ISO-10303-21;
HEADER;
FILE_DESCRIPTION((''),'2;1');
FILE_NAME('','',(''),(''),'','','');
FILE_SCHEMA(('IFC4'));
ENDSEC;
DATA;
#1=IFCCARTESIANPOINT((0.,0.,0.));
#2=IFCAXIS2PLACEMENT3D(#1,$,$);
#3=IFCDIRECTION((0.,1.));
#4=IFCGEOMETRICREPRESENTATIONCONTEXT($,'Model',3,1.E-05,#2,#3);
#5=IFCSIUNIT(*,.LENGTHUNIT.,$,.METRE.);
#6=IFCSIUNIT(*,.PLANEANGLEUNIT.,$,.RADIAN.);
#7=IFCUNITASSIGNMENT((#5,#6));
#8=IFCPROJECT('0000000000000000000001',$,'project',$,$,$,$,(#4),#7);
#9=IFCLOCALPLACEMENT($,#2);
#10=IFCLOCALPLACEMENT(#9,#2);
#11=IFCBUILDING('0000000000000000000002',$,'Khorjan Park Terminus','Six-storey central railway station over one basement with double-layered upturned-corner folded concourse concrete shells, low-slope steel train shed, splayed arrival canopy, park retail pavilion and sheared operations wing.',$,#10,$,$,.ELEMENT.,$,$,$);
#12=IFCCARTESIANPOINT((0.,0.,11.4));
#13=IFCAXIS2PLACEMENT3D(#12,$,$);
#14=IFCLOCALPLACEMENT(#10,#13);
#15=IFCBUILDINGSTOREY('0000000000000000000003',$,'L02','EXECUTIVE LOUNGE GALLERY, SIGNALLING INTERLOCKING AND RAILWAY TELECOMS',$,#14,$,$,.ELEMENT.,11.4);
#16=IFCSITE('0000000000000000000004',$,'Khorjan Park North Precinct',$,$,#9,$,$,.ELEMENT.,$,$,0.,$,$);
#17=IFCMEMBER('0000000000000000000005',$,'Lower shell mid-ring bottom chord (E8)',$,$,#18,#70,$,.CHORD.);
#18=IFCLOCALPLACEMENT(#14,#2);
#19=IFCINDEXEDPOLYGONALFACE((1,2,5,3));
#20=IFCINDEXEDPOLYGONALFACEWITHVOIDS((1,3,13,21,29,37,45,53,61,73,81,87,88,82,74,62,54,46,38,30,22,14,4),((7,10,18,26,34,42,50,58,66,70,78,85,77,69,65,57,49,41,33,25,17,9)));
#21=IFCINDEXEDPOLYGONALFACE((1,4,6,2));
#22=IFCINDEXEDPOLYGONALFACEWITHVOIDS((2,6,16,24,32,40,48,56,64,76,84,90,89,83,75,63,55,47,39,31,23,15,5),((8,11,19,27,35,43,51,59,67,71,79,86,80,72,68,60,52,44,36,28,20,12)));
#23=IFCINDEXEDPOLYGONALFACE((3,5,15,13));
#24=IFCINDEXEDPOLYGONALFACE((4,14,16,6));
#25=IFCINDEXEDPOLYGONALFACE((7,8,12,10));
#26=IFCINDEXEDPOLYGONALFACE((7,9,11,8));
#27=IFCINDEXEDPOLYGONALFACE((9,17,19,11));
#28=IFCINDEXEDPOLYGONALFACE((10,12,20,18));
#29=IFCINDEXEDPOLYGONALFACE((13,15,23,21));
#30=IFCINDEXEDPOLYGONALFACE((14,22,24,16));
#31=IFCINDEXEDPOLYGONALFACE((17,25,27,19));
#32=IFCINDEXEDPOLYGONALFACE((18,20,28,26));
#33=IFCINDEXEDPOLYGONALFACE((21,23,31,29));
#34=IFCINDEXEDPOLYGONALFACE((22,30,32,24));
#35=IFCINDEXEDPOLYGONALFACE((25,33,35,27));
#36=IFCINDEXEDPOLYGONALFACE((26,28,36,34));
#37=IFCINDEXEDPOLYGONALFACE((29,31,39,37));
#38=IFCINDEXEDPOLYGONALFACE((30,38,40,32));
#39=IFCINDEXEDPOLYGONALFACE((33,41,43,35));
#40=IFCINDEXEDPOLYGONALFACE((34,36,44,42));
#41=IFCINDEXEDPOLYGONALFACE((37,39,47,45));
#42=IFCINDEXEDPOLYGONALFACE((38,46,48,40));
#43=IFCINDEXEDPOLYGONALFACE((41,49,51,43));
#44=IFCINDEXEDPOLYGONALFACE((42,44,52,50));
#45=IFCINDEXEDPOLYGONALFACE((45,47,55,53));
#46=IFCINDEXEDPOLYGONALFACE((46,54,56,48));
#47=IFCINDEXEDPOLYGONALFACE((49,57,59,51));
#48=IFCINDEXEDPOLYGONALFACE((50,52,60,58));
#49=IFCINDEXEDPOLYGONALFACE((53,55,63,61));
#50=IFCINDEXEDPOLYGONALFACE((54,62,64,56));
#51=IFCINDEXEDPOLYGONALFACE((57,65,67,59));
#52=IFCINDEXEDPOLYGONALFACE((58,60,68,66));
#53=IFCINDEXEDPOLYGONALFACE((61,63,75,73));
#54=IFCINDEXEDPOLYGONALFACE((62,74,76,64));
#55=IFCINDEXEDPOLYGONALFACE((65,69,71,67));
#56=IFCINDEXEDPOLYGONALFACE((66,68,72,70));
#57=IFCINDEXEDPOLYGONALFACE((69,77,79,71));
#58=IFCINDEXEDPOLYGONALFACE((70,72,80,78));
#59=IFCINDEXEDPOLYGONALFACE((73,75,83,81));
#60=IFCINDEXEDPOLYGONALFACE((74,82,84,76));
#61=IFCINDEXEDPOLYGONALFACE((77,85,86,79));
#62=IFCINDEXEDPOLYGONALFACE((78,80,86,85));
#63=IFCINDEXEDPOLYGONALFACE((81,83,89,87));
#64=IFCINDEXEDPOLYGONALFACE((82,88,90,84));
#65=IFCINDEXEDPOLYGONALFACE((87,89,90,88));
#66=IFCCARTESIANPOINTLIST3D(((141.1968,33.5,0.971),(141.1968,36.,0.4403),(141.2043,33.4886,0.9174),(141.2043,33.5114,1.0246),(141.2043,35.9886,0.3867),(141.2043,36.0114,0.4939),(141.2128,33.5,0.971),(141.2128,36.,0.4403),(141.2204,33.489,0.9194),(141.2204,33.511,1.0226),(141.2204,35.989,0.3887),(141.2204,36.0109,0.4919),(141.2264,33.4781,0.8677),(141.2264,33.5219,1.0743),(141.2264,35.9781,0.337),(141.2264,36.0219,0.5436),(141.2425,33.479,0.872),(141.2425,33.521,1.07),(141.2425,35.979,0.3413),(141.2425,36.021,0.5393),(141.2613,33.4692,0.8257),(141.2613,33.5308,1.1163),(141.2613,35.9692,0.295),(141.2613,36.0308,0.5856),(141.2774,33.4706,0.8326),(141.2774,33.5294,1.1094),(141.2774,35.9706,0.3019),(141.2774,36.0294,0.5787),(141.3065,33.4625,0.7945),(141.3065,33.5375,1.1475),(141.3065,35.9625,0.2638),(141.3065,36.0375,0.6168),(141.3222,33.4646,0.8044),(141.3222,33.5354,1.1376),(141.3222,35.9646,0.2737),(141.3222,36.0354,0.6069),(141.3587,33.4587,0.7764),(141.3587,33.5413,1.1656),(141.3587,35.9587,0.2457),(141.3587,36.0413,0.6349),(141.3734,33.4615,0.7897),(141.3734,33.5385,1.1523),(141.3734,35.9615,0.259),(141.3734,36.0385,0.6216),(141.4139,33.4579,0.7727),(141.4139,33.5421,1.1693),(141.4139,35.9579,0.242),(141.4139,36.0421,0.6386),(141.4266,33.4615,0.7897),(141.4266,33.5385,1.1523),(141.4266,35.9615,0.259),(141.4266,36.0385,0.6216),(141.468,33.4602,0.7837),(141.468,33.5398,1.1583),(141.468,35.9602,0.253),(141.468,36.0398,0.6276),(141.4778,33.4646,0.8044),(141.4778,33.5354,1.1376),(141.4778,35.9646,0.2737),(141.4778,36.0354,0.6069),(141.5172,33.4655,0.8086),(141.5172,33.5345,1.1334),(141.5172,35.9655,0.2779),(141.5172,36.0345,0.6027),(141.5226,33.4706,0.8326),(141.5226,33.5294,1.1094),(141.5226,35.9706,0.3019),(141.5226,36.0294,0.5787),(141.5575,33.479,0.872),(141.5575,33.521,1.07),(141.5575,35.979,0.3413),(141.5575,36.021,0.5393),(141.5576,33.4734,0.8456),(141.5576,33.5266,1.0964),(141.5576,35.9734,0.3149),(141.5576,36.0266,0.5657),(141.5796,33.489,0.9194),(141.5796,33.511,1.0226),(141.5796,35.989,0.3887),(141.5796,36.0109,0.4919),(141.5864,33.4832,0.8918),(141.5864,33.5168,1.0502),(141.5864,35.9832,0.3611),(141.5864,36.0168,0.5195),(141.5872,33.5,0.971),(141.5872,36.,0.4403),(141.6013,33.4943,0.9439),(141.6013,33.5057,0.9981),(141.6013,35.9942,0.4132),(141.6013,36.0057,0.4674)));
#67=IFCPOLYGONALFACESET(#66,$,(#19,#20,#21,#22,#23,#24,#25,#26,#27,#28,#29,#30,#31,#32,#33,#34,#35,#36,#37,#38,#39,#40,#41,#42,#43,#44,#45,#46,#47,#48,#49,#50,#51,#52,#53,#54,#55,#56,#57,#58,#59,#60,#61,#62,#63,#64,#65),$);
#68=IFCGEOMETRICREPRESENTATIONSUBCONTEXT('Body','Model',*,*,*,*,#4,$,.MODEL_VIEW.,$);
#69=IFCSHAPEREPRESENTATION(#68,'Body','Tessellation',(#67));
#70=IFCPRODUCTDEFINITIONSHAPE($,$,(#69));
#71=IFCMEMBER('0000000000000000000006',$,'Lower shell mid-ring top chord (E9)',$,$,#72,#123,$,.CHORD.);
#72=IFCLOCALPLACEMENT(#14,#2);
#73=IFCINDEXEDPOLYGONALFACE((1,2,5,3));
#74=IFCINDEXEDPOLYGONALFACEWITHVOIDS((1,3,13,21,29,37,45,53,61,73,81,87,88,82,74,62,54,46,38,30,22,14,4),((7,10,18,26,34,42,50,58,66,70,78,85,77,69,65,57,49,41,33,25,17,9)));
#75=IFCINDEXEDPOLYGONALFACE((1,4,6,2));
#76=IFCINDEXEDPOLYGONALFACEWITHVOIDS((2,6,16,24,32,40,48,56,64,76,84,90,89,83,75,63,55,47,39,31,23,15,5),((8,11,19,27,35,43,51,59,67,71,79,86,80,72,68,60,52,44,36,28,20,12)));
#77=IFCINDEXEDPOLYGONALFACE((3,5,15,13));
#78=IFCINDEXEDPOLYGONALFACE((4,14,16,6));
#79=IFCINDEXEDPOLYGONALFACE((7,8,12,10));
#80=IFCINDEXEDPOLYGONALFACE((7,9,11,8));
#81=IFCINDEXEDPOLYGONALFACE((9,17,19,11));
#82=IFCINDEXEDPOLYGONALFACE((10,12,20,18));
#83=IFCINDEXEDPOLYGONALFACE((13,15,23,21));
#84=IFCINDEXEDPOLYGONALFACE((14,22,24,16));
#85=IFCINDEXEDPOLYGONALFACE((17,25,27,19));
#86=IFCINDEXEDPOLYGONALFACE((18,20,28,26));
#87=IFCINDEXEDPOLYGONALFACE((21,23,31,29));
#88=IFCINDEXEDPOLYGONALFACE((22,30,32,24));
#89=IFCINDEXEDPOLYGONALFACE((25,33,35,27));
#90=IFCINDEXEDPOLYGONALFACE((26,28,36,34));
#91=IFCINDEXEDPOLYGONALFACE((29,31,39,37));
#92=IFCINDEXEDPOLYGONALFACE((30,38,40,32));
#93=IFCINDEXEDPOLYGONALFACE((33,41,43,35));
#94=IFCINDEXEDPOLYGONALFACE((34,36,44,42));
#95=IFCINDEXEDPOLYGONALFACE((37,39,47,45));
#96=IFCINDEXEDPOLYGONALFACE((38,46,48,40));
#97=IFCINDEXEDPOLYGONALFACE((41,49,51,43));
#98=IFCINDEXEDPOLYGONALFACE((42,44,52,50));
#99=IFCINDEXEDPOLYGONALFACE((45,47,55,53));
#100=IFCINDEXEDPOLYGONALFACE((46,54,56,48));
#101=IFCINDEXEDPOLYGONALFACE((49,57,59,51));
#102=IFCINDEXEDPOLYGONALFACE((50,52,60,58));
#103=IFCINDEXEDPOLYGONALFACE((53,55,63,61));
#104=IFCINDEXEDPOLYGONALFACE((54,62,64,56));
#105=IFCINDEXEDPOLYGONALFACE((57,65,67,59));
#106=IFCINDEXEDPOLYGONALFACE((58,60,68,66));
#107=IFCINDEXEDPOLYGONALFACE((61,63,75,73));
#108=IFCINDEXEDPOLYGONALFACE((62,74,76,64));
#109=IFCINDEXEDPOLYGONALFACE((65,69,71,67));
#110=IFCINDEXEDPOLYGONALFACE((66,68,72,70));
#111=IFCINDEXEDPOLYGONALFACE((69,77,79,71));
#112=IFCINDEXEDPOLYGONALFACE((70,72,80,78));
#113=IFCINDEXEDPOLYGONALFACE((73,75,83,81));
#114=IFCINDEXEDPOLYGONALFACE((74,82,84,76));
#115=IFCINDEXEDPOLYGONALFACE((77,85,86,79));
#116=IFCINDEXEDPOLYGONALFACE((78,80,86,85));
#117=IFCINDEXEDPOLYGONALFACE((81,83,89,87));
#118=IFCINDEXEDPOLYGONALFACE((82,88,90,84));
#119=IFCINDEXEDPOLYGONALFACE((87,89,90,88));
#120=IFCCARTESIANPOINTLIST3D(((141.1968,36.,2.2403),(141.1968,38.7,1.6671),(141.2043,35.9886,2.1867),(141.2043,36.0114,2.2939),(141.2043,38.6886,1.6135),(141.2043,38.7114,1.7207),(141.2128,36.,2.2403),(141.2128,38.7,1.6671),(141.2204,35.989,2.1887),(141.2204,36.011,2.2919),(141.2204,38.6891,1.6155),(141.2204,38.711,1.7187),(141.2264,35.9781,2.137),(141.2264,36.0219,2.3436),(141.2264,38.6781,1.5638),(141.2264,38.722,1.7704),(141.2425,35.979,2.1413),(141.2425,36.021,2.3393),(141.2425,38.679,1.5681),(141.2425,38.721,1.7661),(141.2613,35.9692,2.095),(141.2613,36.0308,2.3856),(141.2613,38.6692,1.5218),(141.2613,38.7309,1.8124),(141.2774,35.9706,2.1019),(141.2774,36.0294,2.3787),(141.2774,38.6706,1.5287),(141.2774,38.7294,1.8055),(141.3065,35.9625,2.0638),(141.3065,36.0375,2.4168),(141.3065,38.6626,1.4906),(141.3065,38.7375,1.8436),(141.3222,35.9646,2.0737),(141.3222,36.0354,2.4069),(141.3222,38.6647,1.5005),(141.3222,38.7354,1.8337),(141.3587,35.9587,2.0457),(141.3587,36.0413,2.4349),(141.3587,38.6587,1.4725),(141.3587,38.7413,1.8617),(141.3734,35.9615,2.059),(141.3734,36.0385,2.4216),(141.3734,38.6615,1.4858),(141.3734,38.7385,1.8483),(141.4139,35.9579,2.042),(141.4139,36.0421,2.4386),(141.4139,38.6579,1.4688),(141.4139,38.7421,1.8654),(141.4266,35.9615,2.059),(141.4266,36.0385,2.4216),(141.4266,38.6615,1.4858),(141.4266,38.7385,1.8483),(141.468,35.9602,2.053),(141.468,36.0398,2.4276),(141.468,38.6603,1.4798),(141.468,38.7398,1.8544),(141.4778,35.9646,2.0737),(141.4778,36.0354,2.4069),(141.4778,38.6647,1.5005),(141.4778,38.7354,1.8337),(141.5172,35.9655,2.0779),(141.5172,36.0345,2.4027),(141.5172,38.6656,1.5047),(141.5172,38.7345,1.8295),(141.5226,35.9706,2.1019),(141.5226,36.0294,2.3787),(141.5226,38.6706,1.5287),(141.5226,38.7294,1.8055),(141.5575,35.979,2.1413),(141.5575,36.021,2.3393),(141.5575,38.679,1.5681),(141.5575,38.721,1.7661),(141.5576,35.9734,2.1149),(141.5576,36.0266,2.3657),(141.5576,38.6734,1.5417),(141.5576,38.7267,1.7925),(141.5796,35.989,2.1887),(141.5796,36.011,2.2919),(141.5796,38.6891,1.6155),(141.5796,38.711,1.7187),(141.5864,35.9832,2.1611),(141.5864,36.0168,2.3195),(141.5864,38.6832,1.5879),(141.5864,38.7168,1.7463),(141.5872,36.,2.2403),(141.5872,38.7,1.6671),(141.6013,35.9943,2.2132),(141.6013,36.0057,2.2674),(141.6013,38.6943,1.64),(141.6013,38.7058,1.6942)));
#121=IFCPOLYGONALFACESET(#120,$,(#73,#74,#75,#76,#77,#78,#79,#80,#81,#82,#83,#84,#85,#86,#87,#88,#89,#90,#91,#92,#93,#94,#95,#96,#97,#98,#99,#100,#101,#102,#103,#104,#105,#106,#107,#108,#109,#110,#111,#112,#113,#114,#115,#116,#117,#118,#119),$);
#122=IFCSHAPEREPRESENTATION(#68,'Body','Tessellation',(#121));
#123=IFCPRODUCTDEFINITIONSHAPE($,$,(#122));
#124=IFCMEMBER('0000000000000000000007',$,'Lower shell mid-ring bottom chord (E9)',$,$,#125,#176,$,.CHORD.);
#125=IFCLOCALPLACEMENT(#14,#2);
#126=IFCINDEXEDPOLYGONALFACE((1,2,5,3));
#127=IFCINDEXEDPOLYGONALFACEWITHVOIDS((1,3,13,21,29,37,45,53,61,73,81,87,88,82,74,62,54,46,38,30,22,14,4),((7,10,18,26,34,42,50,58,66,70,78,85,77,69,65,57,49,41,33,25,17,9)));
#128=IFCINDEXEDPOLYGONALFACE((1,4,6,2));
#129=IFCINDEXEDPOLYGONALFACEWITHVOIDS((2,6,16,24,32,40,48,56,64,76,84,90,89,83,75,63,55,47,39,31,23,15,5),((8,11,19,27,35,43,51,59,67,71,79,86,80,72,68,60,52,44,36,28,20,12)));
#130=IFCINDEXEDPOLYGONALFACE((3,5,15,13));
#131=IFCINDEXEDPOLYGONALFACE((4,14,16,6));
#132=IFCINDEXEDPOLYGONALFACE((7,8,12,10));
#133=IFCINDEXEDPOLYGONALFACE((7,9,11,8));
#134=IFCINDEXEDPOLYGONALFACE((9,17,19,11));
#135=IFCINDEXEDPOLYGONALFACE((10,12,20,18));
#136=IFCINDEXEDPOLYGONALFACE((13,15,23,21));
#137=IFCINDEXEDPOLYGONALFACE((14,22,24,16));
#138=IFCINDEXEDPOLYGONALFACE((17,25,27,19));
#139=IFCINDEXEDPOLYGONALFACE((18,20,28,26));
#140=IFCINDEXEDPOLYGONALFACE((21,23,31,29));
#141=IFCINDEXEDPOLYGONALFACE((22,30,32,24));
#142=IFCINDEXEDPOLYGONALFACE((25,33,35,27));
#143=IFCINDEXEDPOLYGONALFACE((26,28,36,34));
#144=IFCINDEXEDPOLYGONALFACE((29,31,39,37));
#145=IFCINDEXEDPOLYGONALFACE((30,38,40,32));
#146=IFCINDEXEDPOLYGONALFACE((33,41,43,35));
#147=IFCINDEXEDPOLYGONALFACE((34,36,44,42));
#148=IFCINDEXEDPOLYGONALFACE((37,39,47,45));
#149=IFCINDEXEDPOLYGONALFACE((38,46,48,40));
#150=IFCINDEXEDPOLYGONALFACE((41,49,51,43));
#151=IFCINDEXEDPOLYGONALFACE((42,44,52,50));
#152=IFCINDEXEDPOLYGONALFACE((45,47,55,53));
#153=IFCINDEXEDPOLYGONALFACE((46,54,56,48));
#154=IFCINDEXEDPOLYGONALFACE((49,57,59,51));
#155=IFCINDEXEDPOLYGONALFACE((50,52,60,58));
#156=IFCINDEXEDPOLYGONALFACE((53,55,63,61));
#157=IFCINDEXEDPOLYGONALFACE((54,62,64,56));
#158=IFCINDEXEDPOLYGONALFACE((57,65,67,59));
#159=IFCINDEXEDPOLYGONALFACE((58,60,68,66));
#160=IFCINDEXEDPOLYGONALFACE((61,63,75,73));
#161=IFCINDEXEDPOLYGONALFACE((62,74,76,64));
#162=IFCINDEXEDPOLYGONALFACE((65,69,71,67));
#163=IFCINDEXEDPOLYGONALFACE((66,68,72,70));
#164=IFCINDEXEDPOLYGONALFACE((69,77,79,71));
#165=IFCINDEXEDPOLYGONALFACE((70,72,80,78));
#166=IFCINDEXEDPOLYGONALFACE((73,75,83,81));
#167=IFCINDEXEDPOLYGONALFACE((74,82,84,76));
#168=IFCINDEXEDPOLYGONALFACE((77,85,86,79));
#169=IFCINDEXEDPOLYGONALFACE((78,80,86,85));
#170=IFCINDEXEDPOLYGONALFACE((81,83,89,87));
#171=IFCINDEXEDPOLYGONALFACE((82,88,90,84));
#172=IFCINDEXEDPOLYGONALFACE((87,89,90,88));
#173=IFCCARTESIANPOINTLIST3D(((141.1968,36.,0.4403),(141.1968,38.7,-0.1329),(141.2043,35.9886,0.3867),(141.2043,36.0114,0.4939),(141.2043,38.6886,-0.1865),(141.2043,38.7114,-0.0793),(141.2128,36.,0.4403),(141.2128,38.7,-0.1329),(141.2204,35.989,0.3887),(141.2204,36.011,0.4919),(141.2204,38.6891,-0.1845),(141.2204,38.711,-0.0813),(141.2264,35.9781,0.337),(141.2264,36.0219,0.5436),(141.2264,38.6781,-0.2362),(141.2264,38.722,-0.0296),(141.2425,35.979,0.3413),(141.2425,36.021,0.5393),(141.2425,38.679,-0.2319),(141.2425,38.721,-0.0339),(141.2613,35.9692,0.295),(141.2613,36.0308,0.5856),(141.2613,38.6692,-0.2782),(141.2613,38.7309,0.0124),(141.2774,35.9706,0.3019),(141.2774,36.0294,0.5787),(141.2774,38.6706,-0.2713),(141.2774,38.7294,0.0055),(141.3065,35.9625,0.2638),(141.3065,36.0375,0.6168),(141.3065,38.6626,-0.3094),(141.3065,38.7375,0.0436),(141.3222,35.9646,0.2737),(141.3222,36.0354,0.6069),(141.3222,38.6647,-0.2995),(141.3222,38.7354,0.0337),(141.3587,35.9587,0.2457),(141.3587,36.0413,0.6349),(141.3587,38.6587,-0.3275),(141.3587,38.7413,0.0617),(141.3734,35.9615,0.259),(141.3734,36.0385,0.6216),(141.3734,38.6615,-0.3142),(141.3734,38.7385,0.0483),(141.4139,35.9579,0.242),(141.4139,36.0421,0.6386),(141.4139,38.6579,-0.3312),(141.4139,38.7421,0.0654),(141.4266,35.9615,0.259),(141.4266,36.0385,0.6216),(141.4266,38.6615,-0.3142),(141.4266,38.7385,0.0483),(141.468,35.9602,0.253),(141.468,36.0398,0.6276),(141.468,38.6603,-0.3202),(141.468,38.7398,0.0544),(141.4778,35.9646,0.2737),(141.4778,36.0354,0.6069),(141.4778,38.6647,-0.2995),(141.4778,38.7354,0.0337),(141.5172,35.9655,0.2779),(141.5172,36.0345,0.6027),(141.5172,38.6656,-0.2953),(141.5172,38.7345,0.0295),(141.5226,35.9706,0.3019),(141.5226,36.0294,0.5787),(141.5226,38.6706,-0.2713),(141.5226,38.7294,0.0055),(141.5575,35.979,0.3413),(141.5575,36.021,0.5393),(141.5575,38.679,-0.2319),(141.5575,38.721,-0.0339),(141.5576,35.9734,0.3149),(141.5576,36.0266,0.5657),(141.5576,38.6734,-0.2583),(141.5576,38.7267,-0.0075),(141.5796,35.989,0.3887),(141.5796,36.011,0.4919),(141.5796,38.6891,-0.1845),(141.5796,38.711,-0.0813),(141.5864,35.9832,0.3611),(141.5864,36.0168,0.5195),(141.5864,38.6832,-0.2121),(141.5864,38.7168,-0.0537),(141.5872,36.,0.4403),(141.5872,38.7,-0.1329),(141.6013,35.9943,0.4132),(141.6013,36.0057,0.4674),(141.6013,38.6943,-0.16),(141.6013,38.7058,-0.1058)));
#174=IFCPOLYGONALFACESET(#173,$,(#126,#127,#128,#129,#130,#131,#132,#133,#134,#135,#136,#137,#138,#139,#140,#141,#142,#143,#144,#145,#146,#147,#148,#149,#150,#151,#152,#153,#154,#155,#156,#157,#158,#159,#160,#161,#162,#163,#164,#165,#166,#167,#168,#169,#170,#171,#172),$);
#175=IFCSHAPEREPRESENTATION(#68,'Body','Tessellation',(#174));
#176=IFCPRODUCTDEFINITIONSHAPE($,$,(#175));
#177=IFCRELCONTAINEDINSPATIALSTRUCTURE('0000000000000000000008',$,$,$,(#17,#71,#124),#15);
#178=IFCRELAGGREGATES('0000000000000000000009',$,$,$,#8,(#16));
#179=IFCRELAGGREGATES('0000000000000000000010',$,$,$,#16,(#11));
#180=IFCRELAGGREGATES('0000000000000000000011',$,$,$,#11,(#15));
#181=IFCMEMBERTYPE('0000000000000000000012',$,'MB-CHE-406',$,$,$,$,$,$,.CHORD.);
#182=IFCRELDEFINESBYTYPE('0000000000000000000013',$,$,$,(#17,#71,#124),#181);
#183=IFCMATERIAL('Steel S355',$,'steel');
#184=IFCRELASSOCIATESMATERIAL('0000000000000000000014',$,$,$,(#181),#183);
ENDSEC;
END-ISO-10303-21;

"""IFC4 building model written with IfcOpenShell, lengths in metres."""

from ifc_helpers import new_model, si_unit, direction, frame, origin, origin_2d, place, context, subcontext, project, spatial, hollow_circle, extrude, material, material_profile, profile_set, type_object, element, save


model = new_model("IFC4")

# Units and contexts
model_context = context("Model", 3, precision=1e-05, world=origin(), true_north=direction((0.0, 1.0)))
body_context = subcontext(model_context, "Body", "Model", "MODEL_VIEW")
ifc_project = project(units=[si_unit("LENGTHUNIT", "METRE"), si_unit("PLANEANGLEUNIT", "RADIAN")], contexts=[model_context])

# Site, building, storey
site_placement = place(None, origin())
site = spatial("IfcSite", under=ifc_project, at=site_placement, Name="Khorjan Park North Precinct", CompositionType="ELEMENT", RefElevation=0.0)
building_placement = place(site_placement, origin())
building = spatial("IfcBuilding", under=site, at=building_placement, Name="Khorjan Park Terminus", Description="Six-storey central railway station over one basement with double-layered upturned-corner folded concourse concrete shells, low-slope steel train shed, splayed arrival canopy, park retail pavilion and sheared operations wing.", CompositionType="ELEMENT")
storey_placement = place(building_placement, frame((0.0, 0.0, 11.4)))
storey = spatial("IfcBuildingStorey", under=building, at=storey_placement, Name="L02", Description="EXECUTIVE LOUNGE GALLERY, SIGNALLING INTERLOCKING AND RAILWAY TELECOMS", CompositionType="ELEMENT", Elevation=11.4)

# Shared definitions
ifc_material_1 = material(Name="Steel S355", Category="steel")

# Members
ifc_material_profile_1 = material_profile(ifc_material_1, hollow_circle(Radius=0.2032, WallThickness=0.016, at=origin_2d()), Name="CHS 406.4x16")
ifc_profile_set_1 = profile_set([ifc_material_profile_1], Name="Steel S355")
member_type_1 = type_object("IfcMemberType", Name="MB-CHE-406", PredefinedType="CHORD", material=ifc_profile_set_1)
for number, where, z_axis, x_axis, name in (
    (1, (141.4, 33.5, 0.971), (0.0, 0.978203, -0.207653), (-1.0, 0.0, 0.0), "Lower shell mid-ring bottom chord (E8)"),
):
    element("IfcMember", number, at=place(storey_placement, frame(where, z_axis=z_axis, x_axis=x_axis)), inside=storey, type_object=member_type_1, Name=name, PredefinedType="CHORD", context=body_context, shape_type="SweptSolid", body=[
        extrude(hollow_circle(Radius=0.2032, WallThickness=0.016, at=origin_2d()), origin(), (0.0, 0.0, 1.0), 2.5557),
    ])
for number, where, z_axis, x_axis, name in (
    (2, (141.4, 36.0, 2.2403), (0.0, 0.978199, -0.207668), (-1.0, 0.0, 0.0), "Lower shell mid-ring top chord (E9)"),
    (3, (141.4, 36.0, 0.4403), (0.0, 0.978199, -0.207668), (-1.0, 0.0, 0.0), "Lower shell mid-ring bottom chord (E9)"),
):
    element("IfcMember", number, at=place(storey_placement, frame(where, z_axis=z_axis, x_axis=x_axis)), inside=storey, type_object=member_type_1, Name=name, PredefinedType="CHORD", context=body_context, shape_type="SweptSolid", body=[
        extrude(hollow_circle(Radius=0.2032, WallThickness=0.016, at=origin_2d()), origin(), (0.0, 0.0, 1.0), 2.7602),
    ])

save(model, "model.ifc")
